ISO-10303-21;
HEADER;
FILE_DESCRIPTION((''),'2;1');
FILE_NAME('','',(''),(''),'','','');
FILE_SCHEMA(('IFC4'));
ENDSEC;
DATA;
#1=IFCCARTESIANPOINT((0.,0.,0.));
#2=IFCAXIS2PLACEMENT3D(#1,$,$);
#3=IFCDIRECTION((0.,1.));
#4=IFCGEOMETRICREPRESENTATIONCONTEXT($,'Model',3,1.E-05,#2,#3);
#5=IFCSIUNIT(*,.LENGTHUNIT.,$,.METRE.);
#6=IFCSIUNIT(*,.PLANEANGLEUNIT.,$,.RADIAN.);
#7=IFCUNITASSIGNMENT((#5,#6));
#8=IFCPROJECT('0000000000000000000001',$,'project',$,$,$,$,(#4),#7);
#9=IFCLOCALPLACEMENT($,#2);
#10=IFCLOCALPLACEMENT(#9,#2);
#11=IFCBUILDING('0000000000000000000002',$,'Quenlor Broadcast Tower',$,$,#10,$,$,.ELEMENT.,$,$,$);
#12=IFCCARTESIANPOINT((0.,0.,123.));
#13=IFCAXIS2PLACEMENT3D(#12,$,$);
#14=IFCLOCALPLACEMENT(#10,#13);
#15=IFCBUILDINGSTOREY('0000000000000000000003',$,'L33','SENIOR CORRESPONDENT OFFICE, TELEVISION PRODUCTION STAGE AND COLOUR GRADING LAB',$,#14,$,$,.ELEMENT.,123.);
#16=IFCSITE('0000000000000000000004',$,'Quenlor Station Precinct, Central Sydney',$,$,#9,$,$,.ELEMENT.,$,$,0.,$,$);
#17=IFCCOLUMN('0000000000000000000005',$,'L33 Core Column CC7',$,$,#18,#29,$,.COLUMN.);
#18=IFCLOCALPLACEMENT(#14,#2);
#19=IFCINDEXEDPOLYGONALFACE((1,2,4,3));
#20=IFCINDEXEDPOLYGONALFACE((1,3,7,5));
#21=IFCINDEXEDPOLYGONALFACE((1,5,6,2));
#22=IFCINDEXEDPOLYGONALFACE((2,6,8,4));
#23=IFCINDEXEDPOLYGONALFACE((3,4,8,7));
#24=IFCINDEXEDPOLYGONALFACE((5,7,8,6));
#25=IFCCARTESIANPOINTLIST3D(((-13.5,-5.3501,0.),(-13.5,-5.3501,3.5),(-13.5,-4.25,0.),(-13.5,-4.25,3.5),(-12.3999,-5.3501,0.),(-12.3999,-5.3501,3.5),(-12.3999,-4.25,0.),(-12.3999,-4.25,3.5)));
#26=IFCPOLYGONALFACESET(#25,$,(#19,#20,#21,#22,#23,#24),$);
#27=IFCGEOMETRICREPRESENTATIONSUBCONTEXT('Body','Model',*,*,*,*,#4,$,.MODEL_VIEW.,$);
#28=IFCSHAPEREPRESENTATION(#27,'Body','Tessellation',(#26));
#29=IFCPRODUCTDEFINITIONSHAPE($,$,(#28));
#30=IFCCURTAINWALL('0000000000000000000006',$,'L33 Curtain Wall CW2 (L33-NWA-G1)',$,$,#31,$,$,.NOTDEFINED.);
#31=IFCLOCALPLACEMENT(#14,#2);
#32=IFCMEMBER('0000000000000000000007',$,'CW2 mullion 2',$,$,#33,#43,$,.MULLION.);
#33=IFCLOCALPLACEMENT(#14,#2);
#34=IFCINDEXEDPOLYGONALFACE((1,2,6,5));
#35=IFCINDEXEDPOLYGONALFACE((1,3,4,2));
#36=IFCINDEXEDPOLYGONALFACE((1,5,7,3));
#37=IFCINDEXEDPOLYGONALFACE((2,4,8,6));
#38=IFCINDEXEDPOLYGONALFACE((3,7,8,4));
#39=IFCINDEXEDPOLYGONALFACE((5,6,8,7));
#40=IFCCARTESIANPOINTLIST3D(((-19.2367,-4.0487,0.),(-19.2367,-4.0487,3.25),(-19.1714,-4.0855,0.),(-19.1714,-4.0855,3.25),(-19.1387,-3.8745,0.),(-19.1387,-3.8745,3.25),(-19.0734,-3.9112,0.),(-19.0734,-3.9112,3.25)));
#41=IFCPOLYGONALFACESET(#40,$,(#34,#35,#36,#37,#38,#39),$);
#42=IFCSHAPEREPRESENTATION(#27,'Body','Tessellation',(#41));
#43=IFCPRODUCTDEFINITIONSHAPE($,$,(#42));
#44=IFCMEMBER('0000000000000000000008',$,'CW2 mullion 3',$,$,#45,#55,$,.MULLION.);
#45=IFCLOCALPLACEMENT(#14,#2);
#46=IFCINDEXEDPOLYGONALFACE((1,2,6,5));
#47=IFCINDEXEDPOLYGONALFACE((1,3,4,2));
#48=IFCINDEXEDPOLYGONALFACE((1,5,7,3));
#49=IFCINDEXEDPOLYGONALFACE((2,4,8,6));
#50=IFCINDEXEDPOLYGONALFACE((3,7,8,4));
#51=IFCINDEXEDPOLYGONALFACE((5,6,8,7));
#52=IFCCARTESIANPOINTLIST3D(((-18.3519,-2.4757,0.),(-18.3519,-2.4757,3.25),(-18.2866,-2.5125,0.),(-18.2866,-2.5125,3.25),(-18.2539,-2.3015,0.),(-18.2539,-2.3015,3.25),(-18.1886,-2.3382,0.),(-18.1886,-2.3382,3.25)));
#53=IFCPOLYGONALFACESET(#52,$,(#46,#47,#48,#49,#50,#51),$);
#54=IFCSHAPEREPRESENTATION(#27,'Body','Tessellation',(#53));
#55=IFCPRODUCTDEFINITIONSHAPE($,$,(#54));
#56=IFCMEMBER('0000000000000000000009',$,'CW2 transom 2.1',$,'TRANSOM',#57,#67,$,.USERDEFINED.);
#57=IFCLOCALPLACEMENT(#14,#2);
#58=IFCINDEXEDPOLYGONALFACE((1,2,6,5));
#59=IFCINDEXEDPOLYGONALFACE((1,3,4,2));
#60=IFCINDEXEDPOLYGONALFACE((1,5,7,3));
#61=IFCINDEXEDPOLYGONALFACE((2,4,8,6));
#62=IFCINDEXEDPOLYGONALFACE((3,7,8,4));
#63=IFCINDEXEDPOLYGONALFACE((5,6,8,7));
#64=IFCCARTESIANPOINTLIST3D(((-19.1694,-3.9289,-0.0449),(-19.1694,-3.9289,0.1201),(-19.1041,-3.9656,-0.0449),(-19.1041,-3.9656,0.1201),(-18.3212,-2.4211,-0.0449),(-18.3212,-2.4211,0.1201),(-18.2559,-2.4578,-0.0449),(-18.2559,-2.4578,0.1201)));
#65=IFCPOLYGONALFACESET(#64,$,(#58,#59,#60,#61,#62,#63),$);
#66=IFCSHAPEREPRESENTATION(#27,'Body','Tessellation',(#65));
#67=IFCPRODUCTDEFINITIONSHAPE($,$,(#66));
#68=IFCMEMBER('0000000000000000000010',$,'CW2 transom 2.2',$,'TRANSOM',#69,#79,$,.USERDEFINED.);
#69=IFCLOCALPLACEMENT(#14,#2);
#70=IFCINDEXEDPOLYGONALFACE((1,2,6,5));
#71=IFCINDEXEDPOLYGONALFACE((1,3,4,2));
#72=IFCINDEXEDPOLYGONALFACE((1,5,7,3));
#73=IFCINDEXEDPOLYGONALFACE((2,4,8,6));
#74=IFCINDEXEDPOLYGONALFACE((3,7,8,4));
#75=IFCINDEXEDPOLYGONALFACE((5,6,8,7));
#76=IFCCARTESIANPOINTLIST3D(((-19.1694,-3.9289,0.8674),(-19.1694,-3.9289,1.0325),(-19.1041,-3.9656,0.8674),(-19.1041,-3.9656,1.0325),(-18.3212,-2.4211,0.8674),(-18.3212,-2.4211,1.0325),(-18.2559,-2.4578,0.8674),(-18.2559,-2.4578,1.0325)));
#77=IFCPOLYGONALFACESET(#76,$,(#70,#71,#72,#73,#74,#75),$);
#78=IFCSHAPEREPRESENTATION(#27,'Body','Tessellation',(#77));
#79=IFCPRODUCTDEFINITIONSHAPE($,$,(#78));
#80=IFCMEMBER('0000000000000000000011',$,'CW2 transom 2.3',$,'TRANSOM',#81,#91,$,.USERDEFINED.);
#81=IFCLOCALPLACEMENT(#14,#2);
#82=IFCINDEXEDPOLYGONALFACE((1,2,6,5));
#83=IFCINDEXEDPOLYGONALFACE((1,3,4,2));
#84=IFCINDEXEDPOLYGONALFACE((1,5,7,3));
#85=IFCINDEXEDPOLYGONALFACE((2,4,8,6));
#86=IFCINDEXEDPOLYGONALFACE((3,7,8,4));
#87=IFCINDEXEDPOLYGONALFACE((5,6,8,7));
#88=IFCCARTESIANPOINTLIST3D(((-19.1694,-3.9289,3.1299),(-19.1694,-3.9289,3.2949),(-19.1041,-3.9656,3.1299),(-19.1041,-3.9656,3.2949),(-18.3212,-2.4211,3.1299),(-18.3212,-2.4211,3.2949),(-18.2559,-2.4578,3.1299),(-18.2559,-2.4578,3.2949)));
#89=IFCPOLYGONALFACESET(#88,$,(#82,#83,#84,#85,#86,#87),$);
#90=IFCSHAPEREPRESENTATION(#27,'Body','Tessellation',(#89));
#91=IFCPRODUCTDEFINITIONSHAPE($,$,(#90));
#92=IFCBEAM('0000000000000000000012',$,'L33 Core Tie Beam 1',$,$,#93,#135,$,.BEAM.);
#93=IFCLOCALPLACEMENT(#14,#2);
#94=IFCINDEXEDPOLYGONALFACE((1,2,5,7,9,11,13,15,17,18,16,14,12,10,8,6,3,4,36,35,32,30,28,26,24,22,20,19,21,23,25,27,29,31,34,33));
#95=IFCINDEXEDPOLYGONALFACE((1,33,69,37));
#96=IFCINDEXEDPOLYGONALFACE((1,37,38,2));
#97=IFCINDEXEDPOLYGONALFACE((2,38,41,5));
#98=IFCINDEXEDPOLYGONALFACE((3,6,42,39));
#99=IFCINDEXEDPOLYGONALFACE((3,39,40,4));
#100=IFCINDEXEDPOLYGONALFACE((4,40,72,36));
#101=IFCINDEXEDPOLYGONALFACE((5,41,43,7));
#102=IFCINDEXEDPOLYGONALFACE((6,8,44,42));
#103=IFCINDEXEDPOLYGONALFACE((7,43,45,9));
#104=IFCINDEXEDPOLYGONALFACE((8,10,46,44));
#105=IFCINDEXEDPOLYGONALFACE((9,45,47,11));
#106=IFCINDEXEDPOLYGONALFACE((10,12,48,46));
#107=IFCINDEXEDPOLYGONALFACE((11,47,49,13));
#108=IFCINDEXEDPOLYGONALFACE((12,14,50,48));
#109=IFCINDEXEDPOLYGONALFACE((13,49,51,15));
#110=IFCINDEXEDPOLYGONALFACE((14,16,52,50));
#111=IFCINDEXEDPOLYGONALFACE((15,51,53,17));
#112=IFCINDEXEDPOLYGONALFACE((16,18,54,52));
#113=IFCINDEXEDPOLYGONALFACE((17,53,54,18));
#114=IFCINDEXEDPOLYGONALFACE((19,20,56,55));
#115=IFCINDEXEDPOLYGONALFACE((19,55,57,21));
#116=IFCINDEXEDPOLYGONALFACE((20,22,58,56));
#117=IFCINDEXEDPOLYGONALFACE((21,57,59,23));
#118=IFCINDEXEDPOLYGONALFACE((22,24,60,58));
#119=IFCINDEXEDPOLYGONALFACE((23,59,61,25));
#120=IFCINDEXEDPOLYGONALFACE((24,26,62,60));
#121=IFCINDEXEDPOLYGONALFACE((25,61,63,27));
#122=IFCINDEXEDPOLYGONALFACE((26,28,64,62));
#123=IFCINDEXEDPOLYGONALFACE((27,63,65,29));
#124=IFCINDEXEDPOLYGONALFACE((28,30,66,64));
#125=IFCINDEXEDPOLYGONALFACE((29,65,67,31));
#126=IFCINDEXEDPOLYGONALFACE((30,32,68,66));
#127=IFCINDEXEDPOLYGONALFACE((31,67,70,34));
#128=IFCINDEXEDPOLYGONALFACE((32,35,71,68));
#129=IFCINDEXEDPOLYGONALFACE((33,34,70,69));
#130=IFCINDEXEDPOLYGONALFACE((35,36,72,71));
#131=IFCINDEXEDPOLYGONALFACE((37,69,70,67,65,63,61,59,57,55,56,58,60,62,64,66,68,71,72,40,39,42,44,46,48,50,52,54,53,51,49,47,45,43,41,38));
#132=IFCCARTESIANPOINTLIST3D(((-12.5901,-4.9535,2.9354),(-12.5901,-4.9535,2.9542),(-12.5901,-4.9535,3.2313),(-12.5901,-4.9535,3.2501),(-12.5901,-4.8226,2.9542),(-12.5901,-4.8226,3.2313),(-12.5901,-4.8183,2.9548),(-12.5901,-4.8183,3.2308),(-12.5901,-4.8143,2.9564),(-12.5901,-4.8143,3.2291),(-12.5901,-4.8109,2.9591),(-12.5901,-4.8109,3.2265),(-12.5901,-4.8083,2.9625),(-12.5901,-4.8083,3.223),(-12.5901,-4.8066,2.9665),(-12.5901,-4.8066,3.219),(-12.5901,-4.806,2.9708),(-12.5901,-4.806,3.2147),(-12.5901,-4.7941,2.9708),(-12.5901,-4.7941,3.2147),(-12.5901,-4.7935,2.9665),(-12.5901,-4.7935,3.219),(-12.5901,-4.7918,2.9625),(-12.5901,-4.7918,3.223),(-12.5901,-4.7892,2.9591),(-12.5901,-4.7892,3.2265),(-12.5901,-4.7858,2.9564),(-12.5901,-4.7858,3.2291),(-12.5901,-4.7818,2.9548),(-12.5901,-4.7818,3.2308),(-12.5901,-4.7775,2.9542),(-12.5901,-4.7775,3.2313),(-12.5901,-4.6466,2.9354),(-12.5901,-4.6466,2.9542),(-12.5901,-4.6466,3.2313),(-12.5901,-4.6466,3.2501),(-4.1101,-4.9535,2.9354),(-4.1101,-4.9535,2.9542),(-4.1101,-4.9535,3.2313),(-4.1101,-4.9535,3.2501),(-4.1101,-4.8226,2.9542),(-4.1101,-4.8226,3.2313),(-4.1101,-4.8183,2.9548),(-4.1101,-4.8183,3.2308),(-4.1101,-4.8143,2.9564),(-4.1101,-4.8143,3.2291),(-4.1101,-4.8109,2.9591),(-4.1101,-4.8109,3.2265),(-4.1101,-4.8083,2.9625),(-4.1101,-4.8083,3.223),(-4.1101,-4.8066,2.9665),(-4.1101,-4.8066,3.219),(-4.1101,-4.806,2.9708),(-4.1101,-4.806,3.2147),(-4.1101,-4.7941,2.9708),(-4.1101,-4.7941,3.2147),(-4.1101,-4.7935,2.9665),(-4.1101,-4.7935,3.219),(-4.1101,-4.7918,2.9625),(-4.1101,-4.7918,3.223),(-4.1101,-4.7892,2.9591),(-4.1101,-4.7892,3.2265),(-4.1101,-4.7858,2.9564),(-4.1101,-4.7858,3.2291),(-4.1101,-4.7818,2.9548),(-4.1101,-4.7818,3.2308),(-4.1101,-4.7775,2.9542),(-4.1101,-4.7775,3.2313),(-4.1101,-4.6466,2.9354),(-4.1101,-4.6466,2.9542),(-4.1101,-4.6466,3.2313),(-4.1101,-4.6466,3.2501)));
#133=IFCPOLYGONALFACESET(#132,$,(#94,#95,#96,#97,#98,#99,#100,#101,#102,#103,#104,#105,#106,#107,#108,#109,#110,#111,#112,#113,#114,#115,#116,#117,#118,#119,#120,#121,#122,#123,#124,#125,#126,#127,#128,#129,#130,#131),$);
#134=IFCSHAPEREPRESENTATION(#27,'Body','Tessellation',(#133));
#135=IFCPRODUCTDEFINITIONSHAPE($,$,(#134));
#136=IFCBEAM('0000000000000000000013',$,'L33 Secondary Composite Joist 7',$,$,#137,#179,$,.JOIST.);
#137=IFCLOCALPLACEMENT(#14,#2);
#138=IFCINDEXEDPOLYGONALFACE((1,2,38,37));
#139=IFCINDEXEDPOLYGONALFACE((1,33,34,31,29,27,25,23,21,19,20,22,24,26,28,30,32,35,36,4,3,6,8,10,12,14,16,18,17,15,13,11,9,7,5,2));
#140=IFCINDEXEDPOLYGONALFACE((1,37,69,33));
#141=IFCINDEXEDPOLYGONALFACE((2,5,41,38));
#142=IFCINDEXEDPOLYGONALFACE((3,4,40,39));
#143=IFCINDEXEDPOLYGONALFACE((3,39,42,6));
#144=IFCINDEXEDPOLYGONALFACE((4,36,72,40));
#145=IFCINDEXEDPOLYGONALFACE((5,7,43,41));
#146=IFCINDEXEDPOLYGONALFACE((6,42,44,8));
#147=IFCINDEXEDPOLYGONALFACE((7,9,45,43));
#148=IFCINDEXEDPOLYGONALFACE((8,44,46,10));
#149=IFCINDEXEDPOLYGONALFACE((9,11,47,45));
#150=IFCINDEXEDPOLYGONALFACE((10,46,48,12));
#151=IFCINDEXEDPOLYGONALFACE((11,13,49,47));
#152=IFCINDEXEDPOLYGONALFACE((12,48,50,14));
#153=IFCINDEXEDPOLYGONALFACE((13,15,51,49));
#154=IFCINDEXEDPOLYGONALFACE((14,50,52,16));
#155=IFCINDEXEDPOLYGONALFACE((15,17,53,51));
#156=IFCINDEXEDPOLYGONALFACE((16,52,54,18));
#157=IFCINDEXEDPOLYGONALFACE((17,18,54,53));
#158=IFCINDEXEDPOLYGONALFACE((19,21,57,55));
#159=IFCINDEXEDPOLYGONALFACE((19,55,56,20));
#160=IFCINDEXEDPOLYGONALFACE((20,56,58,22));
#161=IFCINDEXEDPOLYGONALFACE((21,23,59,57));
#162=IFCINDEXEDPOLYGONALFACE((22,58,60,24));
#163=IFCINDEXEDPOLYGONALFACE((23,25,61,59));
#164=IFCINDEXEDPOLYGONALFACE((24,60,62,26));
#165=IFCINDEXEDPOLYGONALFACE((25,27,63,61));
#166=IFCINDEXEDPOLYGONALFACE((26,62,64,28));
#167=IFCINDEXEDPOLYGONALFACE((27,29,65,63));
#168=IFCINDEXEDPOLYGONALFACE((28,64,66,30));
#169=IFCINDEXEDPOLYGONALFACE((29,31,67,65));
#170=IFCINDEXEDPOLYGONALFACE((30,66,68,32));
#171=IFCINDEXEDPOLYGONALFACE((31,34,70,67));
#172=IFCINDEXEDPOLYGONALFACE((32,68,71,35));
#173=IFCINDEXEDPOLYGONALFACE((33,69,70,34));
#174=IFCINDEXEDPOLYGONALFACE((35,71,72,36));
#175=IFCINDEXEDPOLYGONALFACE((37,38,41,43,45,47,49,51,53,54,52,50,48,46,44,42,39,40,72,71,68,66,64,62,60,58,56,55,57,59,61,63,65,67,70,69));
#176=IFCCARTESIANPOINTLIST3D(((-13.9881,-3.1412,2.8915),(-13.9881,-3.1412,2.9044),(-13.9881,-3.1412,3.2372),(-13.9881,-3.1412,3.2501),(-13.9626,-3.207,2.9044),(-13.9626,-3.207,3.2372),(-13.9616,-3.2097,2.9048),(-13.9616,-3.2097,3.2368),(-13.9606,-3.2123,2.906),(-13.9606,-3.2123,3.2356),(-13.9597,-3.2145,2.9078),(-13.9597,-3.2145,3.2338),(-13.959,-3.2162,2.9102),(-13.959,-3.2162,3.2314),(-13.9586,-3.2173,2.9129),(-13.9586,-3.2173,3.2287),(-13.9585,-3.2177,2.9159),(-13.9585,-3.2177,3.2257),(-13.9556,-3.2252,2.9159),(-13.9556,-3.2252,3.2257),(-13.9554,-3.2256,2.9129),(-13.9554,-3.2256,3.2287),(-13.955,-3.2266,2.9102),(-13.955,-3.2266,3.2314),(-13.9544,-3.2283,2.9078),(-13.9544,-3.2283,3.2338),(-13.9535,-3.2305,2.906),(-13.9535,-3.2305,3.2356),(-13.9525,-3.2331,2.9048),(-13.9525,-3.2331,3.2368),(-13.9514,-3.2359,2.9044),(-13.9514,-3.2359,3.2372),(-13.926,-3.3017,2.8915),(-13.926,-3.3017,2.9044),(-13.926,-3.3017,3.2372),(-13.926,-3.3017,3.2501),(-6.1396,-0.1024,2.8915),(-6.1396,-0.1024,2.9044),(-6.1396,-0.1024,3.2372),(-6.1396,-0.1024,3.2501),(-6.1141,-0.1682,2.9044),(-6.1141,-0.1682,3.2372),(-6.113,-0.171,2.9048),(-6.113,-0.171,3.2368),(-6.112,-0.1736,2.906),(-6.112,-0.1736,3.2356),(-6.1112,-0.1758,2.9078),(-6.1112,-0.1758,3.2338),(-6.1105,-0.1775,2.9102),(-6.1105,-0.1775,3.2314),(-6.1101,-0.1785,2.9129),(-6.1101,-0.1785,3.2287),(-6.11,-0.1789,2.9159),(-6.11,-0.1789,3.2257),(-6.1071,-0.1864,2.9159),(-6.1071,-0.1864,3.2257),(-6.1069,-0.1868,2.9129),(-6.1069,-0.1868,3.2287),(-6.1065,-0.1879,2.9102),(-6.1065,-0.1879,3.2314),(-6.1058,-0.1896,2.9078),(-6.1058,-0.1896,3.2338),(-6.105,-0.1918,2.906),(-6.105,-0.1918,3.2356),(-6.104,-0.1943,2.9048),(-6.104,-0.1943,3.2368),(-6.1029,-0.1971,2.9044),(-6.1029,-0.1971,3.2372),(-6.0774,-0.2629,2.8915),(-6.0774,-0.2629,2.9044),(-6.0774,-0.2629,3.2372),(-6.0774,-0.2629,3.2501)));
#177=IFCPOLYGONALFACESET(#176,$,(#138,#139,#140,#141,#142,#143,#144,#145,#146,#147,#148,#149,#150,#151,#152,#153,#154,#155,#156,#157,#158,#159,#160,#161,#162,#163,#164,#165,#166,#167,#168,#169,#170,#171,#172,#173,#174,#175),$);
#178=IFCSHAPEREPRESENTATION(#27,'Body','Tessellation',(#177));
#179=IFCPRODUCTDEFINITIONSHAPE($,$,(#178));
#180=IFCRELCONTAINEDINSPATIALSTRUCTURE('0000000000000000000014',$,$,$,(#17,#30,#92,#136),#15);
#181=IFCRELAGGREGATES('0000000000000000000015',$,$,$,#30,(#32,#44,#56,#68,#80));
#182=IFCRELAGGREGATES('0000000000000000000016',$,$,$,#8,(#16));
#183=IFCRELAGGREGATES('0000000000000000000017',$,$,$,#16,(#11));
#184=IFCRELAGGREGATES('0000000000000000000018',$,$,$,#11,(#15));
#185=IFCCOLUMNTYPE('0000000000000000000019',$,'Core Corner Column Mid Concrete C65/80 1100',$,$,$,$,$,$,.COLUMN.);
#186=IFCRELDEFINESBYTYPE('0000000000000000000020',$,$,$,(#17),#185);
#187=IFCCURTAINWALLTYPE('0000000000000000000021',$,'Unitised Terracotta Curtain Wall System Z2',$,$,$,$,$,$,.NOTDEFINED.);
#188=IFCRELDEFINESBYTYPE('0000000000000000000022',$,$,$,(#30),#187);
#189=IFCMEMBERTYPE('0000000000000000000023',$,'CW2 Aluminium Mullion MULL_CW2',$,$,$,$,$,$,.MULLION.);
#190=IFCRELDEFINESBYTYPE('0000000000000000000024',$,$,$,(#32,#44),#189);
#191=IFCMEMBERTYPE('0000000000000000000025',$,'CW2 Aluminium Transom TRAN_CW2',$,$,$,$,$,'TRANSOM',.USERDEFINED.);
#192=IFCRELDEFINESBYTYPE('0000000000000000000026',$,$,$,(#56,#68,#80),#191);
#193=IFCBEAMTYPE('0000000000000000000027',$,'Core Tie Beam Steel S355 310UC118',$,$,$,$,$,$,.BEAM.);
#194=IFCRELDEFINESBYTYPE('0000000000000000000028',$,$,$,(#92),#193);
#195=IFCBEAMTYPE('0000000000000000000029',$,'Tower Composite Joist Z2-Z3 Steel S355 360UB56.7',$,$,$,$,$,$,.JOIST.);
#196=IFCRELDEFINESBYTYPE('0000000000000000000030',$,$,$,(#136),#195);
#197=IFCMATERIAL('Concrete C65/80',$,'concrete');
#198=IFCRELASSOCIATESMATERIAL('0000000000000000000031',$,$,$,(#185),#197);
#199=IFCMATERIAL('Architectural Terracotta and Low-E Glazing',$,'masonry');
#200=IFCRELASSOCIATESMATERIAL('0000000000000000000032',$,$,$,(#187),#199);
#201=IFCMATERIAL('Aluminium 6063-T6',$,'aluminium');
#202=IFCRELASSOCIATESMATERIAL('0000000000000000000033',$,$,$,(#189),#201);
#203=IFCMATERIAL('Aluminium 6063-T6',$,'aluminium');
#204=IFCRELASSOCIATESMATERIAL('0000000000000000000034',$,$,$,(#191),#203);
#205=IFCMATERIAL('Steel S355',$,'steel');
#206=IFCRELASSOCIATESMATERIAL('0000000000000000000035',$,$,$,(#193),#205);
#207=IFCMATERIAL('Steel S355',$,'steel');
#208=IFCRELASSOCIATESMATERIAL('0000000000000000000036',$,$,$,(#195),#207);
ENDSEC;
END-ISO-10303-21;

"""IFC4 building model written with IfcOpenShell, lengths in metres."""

from ifc_helpers import new_model, si_unit, direction, frame, origin, origin_2d, place, context, subcontext, project, spatial, rectangle, i_section, extrude, material, material_profile, profile_set, type_object, element, aggregate, save


model = new_model("IFC4")

# Units and contexts
model_context = context("Model", 3, precision=1e-05, world=origin(), true_north=direction((0.0, 1.0)))
body_context = subcontext(model_context, "Body", "Model", "MODEL_VIEW")
ifc_project = project(units=[si_unit("LENGTHUNIT", "METRE"), si_unit("PLANEANGLEUNIT", "RADIAN")], contexts=[model_context])

# Site, building, storey
site_placement = place(None, origin())
site = spatial("IfcSite", under=ifc_project, at=site_placement, Name="Quenlor Station Precinct, Central Sydney", CompositionType="ELEMENT", RefElevation=0.0)
building_placement = place(site_placement, origin())
building = spatial("IfcBuilding", under=site, at=building_placement, Name="Quenlor Broadcast Tower", CompositionType="ELEMENT")
storey_placement = place(building_placement, frame((0.0, 0.0, 123.0)))
storey = spatial("IfcBuildingStorey", under=building, at=storey_placement, Name="L33", Description="SENIOR CORRESPONDENT OFFICE, TELEVISION PRODUCTION STAGE AND COLOUR GRADING LAB", CompositionType="ELEMENT", Elevation=123.0)

# Column
ifc_material_1 = material(Name="Concrete C65/80", Category="concrete")
ifc_material_profile_1 = material_profile(ifc_material_1, rectangle(XDim=1.1001, YDim=1.1001, at=origin_2d()))
ifc_profile_set_1 = profile_set([ifc_material_profile_1], Name="Concrete C65/80 RC1100x1100")
column_type = type_object("IfcColumnType", Name="Core Corner Column Mid Concrete C65/80 1100", PredefinedType="COLUMN", material=ifc_profile_set_1)
column_placement = place(storey_placement, frame((-12.95, -4.8, 0.0), z_axis=(0.0, 0.0, 1.0), x_axis=(1.0, 0.0, 0.0)))
element("IfcColumn", 1, at=column_placement, inside=storey, type_object=column_type, Name="L33 Core Column CC7", PredefinedType="COLUMN", context=body_context, shape_type="SweptSolid", body=[
    extrude(rectangle(XDim=1.1001, YDim=1.1001, at=origin_2d()), origin(), (0.0, 0.0, 1.0), 3.5),
])

# Curtain wall, members
ifc_material_2 = material(Name="Architectural Terracotta and Low-E Glazing", Category="masonry")
curtain_wall_type = type_object("IfcCurtainWallType", Name="Unitised Terracotta Curtain Wall System Z2", PredefinedType="NOTDEFINED", material=ifc_material_2)
curtain_wall_placement = place(storey_placement, origin())
curtain_wall = element("IfcCurtainWall", 2, at=curtain_wall_placement, inside=storey, type_object=curtain_wall_type, Name="L33 Curtain Wall CW2 (L33-NWA-G1)", PredefinedType="NOTDEFINED")
ifc_material_3 = material(Name="Aluminium 6063-T6", Category="aluminium")
ifc_material_profile_2 = material_profile(ifc_material_3, rectangle(XDim=0.075, YDim=0.2, at=origin_2d()))
ifc_profile_set_2 = profile_set([ifc_material_profile_2], Name="Aluminium 6063-T6 MULL75x200")
member_type_1 = type_object("IfcMemberType", Name="CW2 Aluminium Mullion MULL_CW2", PredefinedType="MULLION", material=ifc_profile_set_2)
member_1_placement = place(storey_placement, frame((-19.155, -3.98, 0.0), z_axis=(0.0, 0.0, 1.0), x_axis=(-0.871567, 0.490277, 0.0)))
member_1 = element("IfcMember", 3, at=member_1_placement, type_object=member_type_1, Name="CW2 mullion 2", PredefinedType="MULLION", context=body_context, shape_type="SweptSolid", body=[
    extrude(rectangle(XDim=0.075, YDim=0.2, at=origin_2d()), origin(), (0.0, 0.0, 1.0), 3.25),
])
member_2_placement = place(storey_placement, frame((-18.2703, -2.407, 0.0), z_axis=(0.0, 0.0, 1.0), x_axis=(-0.871567, 0.490277, 0.0)))
member_2 = element("IfcMember", 4, at=member_2_placement, type_object=member_type_1, Name="CW2 mullion 3", PredefinedType="MULLION", context=body_context, shape_type="SweptSolid", body=[
    extrude(rectangle(XDim=0.075, YDim=0.2, at=origin_2d()), origin(), (0.0, 0.0, 1.0), 3.25),
])
ifc_material_4 = material(Name="Aluminium 6063-T6", Category="aluminium")
ifc_material_profile_3 = material_profile(ifc_material_4, rectangle(XDim=0.075, YDim=0.165, at=origin_2d()))
ifc_profile_set_3 = profile_set([ifc_material_profile_3], Name="Aluminium 6063-T6 TRAN75x165")
member_type_2 = type_object("IfcMemberType", Name="CW2 Aluminium Transom TRAN_CW2", ElementType="TRANSOM", PredefinedType="USERDEFINED", material=ifc_profile_set_3)
member_3_placement = place(storey_placement, frame((-19.1367, -3.9473, 0.0376), z_axis=(0.490261, 0.871576, 0.0), x_axis=(-0.871576, 0.490261, 0.0)))
member_3 = element("IfcMember", 5, at=member_3_placement, type_object=member_type_2, Name="CW2 transom 2.1", ObjectType="TRANSOM", PredefinedType="USERDEFINED", context=body_context, shape_type="SweptSolid", body=[
    extrude(rectangle(XDim=0.075, YDim=0.165, at=origin_2d()), origin(), (0.0, 0.0, 1.0), 1.73),
])
member_4_placement = place(storey_placement, frame((-19.1367, -3.9473, 0.95), z_axis=(0.490261, 0.871576, 0.0), x_axis=(-0.871576, 0.490261, 0.0)))
member_4 = element("IfcMember", 6, at=member_4_placement, type_object=member_type_2, Name="CW2 transom 2.2", ObjectType="TRANSOM", PredefinedType="USERDEFINED", context=body_context, shape_type="SweptSolid", body=[
    extrude(rectangle(XDim=0.075, YDim=0.165, at=origin_2d()), origin(), (0.0, 0.0, 1.0), 1.73),
])
member_5_placement = place(storey_placement, frame((-19.1367, -3.9473, 3.2124), z_axis=(0.490261, 0.871576, 0.0), x_axis=(-0.871576, 0.490261, 0.0)))
member_5 = element("IfcMember", 7, at=member_5_placement, type_object=member_type_2, Name="CW2 transom 2.3", ObjectType="TRANSOM", PredefinedType="USERDEFINED", context=body_context, shape_type="SweptSolid", body=[
    extrude(rectangle(XDim=0.075, YDim=0.165, at=origin_2d()), origin(), (0.0, 0.0, 1.0), 1.73),
])

# Beams
ifc_material_5 = material(Name="Steel S355", Category="steel")
ifc_material_profile_4 = material_profile(ifc_material_5, i_section(OverallWidth=0.3069, OverallDepth=0.3147, WebThickness=0.012, FlangeThickness=0.0188, FilletRadius=0.0166, at=origin_2d()))
ifc_profile_set_4 = profile_set([ifc_material_profile_4], Name="Steel S355 310UC118")
beam_type_1 = type_object("IfcBeamType", Name="Core Tie Beam Steel S355 310UC118", PredefinedType="BEAM", material=ifc_profile_set_4)
beam_1_placement = place(storey_placement, frame((-12.5901, -4.8, 3.0928), z_axis=(1.0, 0.0, 0.0), x_axis=(0.0, 1.0, 0.0)))
element("IfcBeam", 8, at=beam_1_placement, inside=storey, type_object=beam_type_1, Name="L33 Core Tie Beam 1", PredefinedType="BEAM", context=body_context, shape_type="SweptSolid", body=[
    extrude(i_section(OverallWidth=0.3069, OverallDepth=0.3147, WebThickness=0.012, FlangeThickness=0.0188, FilletRadius=0.0166, at=origin_2d()), origin(), (0.0, 0.0, 1.0), 8.48),
])
ifc_material_6 = material(Name="Steel S355", Category="steel")
ifc_material_profile_5 = material_profile(ifc_material_6, i_section(OverallWidth=0.1721, OverallDepth=0.3586, WebThickness=0.0081, FlangeThickness=0.0129, FilletRadius=0.0115, at=origin_2d()))
ifc_profile_set_5 = profile_set([ifc_material_profile_5], Name="Steel S355 360UB56.7")
beam_type_2 = type_object("IfcBeamType", Name="Tower Composite Joist Z2-Z3 Steel S355 360UB56.7", PredefinedType="JOIST", material=ifc_profile_set_5)
beam_2_placement = place(storey_placement, frame((-13.957, -3.2214, 3.0708), z_axis=(0.932543, 0.36106, 0.0), x_axis=(-0.36106, 0.932543, 0.0)))
element("IfcBeam", 9, at=beam_2_placement, inside=storey, type_object=beam_type_2, Name="L33 Secondary Composite Joist 7", PredefinedType="JOIST", context=body_context, shape_type="SweptSolid", body=[
    extrude(i_section(OverallWidth=0.1721, OverallDepth=0.3586, WebThickness=0.0081, FlangeThickness=0.0129, FilletRadius=0.0115, at=origin_2d()), origin(), (0.0, 0.0, 1.0), 8.4163),
])

aggregate(curtain_wall, [member_1, member_2, member_3, member_4, member_5])

save(model, "model.ifc")
